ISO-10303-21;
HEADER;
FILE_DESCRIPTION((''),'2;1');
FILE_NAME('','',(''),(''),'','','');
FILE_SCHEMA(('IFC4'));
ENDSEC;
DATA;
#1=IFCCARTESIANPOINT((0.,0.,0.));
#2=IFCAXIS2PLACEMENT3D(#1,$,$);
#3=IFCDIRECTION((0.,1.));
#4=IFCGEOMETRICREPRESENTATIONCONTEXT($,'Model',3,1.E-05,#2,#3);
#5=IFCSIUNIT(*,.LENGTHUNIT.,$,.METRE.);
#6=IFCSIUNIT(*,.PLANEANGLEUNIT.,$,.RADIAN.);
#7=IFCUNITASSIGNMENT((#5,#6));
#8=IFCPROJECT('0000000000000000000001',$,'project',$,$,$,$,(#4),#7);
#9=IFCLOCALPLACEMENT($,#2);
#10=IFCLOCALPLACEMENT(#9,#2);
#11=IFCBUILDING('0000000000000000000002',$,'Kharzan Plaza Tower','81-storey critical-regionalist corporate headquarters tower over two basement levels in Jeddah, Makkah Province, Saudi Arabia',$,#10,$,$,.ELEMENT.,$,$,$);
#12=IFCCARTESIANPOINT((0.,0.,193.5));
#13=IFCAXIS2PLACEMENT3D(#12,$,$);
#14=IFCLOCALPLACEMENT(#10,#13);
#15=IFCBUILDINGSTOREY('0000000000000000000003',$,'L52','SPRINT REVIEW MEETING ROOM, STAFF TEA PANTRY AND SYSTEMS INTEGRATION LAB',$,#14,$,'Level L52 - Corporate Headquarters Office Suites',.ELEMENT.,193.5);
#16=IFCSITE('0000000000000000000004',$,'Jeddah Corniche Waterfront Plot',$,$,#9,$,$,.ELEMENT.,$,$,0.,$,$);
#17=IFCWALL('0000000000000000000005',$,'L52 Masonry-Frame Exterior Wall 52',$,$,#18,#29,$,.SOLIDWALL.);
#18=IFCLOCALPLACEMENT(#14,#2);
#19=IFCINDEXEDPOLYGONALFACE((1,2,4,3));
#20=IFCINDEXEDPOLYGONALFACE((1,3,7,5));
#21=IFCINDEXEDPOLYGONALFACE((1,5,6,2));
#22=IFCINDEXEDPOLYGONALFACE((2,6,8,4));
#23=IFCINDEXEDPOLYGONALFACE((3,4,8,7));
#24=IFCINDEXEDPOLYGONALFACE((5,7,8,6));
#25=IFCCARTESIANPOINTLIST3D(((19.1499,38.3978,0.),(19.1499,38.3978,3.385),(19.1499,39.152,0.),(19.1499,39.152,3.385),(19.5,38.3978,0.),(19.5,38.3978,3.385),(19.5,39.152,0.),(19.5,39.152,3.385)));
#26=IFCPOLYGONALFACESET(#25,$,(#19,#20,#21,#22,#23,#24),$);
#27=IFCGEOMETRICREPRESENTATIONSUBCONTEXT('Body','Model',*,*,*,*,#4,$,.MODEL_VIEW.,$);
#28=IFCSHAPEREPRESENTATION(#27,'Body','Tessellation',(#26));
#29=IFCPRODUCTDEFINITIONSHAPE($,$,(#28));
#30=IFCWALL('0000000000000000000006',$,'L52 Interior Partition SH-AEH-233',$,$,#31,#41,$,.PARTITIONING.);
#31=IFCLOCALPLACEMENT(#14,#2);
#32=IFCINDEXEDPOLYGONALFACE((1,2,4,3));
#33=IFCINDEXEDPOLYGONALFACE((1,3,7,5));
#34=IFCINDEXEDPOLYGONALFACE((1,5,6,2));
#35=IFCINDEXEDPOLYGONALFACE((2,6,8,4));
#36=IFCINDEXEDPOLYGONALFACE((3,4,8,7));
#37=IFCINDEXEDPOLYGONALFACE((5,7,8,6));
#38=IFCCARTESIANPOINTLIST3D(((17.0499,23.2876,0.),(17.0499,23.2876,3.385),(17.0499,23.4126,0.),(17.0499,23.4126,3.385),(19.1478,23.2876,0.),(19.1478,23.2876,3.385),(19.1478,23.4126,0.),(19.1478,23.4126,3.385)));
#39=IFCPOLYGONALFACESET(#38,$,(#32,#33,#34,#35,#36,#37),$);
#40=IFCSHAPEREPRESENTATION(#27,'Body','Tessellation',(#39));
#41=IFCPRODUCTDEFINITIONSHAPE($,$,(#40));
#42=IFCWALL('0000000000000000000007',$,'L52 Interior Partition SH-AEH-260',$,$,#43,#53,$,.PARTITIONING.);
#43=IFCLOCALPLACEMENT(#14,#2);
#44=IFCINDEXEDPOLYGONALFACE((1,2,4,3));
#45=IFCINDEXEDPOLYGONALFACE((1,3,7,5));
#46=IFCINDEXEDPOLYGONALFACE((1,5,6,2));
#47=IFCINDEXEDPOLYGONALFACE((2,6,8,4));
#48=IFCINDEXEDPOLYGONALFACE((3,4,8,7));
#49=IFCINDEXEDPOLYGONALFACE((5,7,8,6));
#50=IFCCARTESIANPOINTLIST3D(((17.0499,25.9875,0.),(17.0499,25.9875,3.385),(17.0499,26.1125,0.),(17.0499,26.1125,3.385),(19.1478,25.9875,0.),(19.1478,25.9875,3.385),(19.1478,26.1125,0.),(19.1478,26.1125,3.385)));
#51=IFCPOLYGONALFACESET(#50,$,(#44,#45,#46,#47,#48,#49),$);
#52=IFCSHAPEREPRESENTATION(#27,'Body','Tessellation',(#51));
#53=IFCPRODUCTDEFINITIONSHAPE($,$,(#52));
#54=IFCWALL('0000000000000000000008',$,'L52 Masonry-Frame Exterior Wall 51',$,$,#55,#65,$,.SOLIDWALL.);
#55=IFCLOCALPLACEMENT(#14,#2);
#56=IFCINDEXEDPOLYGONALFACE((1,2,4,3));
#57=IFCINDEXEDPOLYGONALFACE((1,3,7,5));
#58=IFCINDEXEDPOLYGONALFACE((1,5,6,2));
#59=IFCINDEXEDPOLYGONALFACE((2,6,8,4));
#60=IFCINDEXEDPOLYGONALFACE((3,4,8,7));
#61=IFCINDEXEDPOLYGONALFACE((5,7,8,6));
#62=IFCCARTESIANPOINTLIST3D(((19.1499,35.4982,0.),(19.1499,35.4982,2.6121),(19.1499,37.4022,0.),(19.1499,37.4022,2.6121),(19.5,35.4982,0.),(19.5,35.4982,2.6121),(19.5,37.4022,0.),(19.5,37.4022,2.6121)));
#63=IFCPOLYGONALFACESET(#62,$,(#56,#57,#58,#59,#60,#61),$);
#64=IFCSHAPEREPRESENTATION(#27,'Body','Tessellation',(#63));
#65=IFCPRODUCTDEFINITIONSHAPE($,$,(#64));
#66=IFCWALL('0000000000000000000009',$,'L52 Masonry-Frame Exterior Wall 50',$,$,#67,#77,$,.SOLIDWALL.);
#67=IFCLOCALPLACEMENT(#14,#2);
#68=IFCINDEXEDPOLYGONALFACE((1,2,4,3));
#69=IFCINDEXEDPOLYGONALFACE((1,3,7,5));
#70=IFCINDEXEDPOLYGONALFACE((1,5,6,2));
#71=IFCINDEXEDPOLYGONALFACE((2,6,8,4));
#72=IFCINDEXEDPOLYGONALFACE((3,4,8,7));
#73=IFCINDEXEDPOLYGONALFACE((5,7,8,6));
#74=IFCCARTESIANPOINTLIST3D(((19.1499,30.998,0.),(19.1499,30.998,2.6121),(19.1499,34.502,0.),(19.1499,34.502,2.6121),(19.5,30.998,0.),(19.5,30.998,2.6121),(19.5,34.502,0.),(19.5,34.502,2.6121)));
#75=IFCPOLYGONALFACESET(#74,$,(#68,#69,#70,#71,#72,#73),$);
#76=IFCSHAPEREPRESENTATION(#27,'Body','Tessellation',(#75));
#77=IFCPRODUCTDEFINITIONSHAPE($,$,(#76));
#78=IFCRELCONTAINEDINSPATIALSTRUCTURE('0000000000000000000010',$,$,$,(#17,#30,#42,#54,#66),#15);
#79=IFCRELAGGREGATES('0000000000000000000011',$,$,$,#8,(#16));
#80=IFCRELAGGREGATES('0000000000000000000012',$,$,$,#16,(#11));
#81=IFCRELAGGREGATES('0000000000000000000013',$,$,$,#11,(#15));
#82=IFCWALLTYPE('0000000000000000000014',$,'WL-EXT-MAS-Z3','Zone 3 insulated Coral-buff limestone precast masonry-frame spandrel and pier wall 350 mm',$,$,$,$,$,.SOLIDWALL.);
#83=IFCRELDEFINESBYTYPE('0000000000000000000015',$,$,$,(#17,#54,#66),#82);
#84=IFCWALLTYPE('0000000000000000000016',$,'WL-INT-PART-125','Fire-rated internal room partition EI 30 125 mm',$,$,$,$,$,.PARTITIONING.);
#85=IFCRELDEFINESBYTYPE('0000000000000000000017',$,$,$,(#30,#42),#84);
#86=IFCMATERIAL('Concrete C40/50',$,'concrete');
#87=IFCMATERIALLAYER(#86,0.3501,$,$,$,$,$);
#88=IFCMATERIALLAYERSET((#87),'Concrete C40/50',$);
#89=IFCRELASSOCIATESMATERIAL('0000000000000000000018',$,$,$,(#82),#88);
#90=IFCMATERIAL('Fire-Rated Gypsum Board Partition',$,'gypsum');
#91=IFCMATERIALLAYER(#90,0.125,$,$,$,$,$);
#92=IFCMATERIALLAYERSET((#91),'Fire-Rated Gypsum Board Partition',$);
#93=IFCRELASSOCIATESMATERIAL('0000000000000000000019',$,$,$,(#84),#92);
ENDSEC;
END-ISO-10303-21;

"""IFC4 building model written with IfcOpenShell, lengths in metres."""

from ifc_helpers import new_model, si_unit, direction, frame, frame_2d, origin, place, context, subcontext, project, spatial, rectangle, extrude, source, transform, mapped, material, layer, layer_set, type_object, element, save


model = new_model("IFC4")

# Units and contexts
model_context = context("Model", 3, precision=1e-05, world=origin(), true_north=direction((0.0, 1.0)))
body_context = subcontext(model_context, "Body", "Model", "MODEL_VIEW")
ifc_project = project(units=[si_unit("LENGTHUNIT", "METRE"), si_unit("PLANEANGLEUNIT", "RADIAN")], contexts=[model_context])

# Site, building, storey
site_placement = place(None, origin())
site = spatial("IfcSite", under=ifc_project, at=site_placement, Name="Jeddah Corniche Waterfront Plot", CompositionType="ELEMENT", RefElevation=0.0)
building_placement = place(site_placement, origin())
building = spatial("IfcBuilding", under=site, at=building_placement, Name="Kharzan Plaza Tower", Description="81-storey critical-regionalist corporate headquarters tower over two basement levels in Jeddah, Makkah Province, Saudi Arabia", CompositionType="ELEMENT")
storey_placement = place(building_placement, frame((0.0, 0.0, 193.5)))
storey = spatial("IfcBuildingStorey", under=building, at=storey_placement, Name="L52", Description="SPRINT REVIEW MEETING ROOM, STAFF TEA PANTRY AND SYSTEMS INTEGRATION LAB", LongName="Level L52 - Corporate Headquarters Office Suites", CompositionType="ELEMENT", Elevation=193.5)

# Shared definitions
ifc_material_1 = material(Name="Concrete C40/50", Category="concrete")
ifc_layer_1 = layer(ifc_material_1, 0.3501)
ifc_layer_set_1 = layer_set([ifc_layer_1], Name="Concrete C40/50")
wall_type_1 = type_object("IfcWallType", Name="WL-EXT-MAS-Z3", Description="Zone 3 insulated Coral-buff limestone precast masonry-frame spandrel and pier wall 350 mm", PredefinedType="SOLIDWALL", material=ifc_layer_set_1)

# Shared definitions
ifc_material_2 = material(Name="Fire-Rated Gypsum Board Partition", Category="gypsum")
ifc_layer_2 = layer(ifc_material_2, 0.125)
ifc_layer_set_2 = layer_set([ifc_layer_2], Name="Fire-Rated Gypsum Board Partition")
wall_type_2 = type_object("IfcWallType", Name="WL-INT-PART-125", Description="Fire-rated internal room partition EI 30 125 mm", PredefinedType="PARTITIONING", material=ifc_layer_set_2)

# Walls
shared_shape_1 = source(origin(), body_context, "Body", "SweptSolid", [
    extrude(rectangle(XDim=0.7542, YDim=0.3501, at=frame_2d((0.377, 0.0))), origin(), (0.0, 0.0, 1.0), 3.385),
])
wall_1_placement = place(storey_placement, frame((19.325, 38.3979, 0.0), z_axis=(0.0, 0.0, 1.0), x_axis=(0.0, 1.0, 0.0)))
element("IfcWall", 1, at=wall_1_placement, inside=storey, type_object=wall_type_1, Name="L52 Masonry-Frame Exterior Wall 52", PredefinedType="SOLIDWALL", context=body_context, shape_type="MappedRepresentation", body=[
    mapped(shared_shape_1, transform((0.0, 0.0, 0.0), x_axis=(1.0, 0.0, 0.0), y_axis=(0.0, 1.0, 0.0), z_axis=(0.0, 0.0, 1.0))),
])
shared_shape_2 = source(origin(), body_context, "Body", "SweptSolid", [
    extrude(rectangle(XDim=2.0979, YDim=0.125, at=frame_2d((1.0488, 0.0))), origin(), (0.0, 0.0, 1.0), 3.385),
])
for number, where, z_axis, x_axis, name in (
    (2, (17.05, 23.3501, 0.0), (0.0, 0.0, 1.0), (1.0, 0.0, 0.0), "L52 Interior Partition SH-AEH-233"),
    (3, (17.05, 26.05, 0.0), (0.0, 0.0, 1.0), (1.0, 0.0, 0.0), "L52 Interior Partition SH-AEH-260"),
):
    element("IfcWall", number, at=place(storey_placement, frame(where, z_axis=z_axis, x_axis=x_axis)), inside=storey, type_object=wall_type_2, Name=name, PredefinedType="PARTITIONING", context=body_context, shape_type="MappedRepresentation", body=[
        mapped(shared_shape_2, transform((0.0, 0.0, 0.0), x_axis=(1.0, 0.0, 0.0), y_axis=(0.0, 1.0, 0.0), z_axis=(0.0, 0.0, 1.0))),
    ])
shared_shape_3 = source(origin(), body_context, "Body", "SweptSolid", [
    extrude(rectangle(XDim=1.9041, YDim=0.3501, at=frame_2d((0.9521, 0.0))), origin(), (0.0, 0.0, 1.0), 2.6121),
])
wall_2_placement = place(storey_placement, frame((19.325, 35.498, 0.0), z_axis=(0.0, 0.0, 1.0), x_axis=(0.0, 1.0, 0.0)))
element("IfcWall", 4, at=wall_2_placement, inside=storey, type_object=wall_type_1, Name="L52 Masonry-Frame Exterior Wall 51", PredefinedType="SOLIDWALL", context=body_context, shape_type="MappedRepresentation", body=[
    mapped(shared_shape_3, transform((0.0, 0.0, 0.0), x_axis=(1.0, 0.0, 0.0), y_axis=(0.0, 1.0, 0.0), z_axis=(0.0, 0.0, 1.0))),
])
shared_shape_4 = source(origin(), body_context, "Body", "SweptSolid", [
    extrude(rectangle(XDim=3.5039, YDim=0.3501, at=frame_2d((1.752, 0.0))), origin(), (0.0, 0.0, 1.0), 2.6121),
])
wall_3_placement = place(storey_placement, frame((19.325, 30.998, 0.0), z_axis=(0.0, 0.0, 1.0), x_axis=(0.0, 1.0, 0.0)))
element("IfcWall", 5, at=wall_3_placement, inside=storey, type_object=wall_type_1, Name="L52 Masonry-Frame Exterior Wall 50", PredefinedType="SOLIDWALL", context=body_context, shape_type="MappedRepresentation", body=[
    mapped(shared_shape_4, transform((0.0, 0.0, 0.0), x_axis=(1.0, 0.0, 0.0), y_axis=(0.0, 1.0, 0.0), z_axis=(0.0, 0.0, 1.0))),
])

save(model, "model.ifc")
